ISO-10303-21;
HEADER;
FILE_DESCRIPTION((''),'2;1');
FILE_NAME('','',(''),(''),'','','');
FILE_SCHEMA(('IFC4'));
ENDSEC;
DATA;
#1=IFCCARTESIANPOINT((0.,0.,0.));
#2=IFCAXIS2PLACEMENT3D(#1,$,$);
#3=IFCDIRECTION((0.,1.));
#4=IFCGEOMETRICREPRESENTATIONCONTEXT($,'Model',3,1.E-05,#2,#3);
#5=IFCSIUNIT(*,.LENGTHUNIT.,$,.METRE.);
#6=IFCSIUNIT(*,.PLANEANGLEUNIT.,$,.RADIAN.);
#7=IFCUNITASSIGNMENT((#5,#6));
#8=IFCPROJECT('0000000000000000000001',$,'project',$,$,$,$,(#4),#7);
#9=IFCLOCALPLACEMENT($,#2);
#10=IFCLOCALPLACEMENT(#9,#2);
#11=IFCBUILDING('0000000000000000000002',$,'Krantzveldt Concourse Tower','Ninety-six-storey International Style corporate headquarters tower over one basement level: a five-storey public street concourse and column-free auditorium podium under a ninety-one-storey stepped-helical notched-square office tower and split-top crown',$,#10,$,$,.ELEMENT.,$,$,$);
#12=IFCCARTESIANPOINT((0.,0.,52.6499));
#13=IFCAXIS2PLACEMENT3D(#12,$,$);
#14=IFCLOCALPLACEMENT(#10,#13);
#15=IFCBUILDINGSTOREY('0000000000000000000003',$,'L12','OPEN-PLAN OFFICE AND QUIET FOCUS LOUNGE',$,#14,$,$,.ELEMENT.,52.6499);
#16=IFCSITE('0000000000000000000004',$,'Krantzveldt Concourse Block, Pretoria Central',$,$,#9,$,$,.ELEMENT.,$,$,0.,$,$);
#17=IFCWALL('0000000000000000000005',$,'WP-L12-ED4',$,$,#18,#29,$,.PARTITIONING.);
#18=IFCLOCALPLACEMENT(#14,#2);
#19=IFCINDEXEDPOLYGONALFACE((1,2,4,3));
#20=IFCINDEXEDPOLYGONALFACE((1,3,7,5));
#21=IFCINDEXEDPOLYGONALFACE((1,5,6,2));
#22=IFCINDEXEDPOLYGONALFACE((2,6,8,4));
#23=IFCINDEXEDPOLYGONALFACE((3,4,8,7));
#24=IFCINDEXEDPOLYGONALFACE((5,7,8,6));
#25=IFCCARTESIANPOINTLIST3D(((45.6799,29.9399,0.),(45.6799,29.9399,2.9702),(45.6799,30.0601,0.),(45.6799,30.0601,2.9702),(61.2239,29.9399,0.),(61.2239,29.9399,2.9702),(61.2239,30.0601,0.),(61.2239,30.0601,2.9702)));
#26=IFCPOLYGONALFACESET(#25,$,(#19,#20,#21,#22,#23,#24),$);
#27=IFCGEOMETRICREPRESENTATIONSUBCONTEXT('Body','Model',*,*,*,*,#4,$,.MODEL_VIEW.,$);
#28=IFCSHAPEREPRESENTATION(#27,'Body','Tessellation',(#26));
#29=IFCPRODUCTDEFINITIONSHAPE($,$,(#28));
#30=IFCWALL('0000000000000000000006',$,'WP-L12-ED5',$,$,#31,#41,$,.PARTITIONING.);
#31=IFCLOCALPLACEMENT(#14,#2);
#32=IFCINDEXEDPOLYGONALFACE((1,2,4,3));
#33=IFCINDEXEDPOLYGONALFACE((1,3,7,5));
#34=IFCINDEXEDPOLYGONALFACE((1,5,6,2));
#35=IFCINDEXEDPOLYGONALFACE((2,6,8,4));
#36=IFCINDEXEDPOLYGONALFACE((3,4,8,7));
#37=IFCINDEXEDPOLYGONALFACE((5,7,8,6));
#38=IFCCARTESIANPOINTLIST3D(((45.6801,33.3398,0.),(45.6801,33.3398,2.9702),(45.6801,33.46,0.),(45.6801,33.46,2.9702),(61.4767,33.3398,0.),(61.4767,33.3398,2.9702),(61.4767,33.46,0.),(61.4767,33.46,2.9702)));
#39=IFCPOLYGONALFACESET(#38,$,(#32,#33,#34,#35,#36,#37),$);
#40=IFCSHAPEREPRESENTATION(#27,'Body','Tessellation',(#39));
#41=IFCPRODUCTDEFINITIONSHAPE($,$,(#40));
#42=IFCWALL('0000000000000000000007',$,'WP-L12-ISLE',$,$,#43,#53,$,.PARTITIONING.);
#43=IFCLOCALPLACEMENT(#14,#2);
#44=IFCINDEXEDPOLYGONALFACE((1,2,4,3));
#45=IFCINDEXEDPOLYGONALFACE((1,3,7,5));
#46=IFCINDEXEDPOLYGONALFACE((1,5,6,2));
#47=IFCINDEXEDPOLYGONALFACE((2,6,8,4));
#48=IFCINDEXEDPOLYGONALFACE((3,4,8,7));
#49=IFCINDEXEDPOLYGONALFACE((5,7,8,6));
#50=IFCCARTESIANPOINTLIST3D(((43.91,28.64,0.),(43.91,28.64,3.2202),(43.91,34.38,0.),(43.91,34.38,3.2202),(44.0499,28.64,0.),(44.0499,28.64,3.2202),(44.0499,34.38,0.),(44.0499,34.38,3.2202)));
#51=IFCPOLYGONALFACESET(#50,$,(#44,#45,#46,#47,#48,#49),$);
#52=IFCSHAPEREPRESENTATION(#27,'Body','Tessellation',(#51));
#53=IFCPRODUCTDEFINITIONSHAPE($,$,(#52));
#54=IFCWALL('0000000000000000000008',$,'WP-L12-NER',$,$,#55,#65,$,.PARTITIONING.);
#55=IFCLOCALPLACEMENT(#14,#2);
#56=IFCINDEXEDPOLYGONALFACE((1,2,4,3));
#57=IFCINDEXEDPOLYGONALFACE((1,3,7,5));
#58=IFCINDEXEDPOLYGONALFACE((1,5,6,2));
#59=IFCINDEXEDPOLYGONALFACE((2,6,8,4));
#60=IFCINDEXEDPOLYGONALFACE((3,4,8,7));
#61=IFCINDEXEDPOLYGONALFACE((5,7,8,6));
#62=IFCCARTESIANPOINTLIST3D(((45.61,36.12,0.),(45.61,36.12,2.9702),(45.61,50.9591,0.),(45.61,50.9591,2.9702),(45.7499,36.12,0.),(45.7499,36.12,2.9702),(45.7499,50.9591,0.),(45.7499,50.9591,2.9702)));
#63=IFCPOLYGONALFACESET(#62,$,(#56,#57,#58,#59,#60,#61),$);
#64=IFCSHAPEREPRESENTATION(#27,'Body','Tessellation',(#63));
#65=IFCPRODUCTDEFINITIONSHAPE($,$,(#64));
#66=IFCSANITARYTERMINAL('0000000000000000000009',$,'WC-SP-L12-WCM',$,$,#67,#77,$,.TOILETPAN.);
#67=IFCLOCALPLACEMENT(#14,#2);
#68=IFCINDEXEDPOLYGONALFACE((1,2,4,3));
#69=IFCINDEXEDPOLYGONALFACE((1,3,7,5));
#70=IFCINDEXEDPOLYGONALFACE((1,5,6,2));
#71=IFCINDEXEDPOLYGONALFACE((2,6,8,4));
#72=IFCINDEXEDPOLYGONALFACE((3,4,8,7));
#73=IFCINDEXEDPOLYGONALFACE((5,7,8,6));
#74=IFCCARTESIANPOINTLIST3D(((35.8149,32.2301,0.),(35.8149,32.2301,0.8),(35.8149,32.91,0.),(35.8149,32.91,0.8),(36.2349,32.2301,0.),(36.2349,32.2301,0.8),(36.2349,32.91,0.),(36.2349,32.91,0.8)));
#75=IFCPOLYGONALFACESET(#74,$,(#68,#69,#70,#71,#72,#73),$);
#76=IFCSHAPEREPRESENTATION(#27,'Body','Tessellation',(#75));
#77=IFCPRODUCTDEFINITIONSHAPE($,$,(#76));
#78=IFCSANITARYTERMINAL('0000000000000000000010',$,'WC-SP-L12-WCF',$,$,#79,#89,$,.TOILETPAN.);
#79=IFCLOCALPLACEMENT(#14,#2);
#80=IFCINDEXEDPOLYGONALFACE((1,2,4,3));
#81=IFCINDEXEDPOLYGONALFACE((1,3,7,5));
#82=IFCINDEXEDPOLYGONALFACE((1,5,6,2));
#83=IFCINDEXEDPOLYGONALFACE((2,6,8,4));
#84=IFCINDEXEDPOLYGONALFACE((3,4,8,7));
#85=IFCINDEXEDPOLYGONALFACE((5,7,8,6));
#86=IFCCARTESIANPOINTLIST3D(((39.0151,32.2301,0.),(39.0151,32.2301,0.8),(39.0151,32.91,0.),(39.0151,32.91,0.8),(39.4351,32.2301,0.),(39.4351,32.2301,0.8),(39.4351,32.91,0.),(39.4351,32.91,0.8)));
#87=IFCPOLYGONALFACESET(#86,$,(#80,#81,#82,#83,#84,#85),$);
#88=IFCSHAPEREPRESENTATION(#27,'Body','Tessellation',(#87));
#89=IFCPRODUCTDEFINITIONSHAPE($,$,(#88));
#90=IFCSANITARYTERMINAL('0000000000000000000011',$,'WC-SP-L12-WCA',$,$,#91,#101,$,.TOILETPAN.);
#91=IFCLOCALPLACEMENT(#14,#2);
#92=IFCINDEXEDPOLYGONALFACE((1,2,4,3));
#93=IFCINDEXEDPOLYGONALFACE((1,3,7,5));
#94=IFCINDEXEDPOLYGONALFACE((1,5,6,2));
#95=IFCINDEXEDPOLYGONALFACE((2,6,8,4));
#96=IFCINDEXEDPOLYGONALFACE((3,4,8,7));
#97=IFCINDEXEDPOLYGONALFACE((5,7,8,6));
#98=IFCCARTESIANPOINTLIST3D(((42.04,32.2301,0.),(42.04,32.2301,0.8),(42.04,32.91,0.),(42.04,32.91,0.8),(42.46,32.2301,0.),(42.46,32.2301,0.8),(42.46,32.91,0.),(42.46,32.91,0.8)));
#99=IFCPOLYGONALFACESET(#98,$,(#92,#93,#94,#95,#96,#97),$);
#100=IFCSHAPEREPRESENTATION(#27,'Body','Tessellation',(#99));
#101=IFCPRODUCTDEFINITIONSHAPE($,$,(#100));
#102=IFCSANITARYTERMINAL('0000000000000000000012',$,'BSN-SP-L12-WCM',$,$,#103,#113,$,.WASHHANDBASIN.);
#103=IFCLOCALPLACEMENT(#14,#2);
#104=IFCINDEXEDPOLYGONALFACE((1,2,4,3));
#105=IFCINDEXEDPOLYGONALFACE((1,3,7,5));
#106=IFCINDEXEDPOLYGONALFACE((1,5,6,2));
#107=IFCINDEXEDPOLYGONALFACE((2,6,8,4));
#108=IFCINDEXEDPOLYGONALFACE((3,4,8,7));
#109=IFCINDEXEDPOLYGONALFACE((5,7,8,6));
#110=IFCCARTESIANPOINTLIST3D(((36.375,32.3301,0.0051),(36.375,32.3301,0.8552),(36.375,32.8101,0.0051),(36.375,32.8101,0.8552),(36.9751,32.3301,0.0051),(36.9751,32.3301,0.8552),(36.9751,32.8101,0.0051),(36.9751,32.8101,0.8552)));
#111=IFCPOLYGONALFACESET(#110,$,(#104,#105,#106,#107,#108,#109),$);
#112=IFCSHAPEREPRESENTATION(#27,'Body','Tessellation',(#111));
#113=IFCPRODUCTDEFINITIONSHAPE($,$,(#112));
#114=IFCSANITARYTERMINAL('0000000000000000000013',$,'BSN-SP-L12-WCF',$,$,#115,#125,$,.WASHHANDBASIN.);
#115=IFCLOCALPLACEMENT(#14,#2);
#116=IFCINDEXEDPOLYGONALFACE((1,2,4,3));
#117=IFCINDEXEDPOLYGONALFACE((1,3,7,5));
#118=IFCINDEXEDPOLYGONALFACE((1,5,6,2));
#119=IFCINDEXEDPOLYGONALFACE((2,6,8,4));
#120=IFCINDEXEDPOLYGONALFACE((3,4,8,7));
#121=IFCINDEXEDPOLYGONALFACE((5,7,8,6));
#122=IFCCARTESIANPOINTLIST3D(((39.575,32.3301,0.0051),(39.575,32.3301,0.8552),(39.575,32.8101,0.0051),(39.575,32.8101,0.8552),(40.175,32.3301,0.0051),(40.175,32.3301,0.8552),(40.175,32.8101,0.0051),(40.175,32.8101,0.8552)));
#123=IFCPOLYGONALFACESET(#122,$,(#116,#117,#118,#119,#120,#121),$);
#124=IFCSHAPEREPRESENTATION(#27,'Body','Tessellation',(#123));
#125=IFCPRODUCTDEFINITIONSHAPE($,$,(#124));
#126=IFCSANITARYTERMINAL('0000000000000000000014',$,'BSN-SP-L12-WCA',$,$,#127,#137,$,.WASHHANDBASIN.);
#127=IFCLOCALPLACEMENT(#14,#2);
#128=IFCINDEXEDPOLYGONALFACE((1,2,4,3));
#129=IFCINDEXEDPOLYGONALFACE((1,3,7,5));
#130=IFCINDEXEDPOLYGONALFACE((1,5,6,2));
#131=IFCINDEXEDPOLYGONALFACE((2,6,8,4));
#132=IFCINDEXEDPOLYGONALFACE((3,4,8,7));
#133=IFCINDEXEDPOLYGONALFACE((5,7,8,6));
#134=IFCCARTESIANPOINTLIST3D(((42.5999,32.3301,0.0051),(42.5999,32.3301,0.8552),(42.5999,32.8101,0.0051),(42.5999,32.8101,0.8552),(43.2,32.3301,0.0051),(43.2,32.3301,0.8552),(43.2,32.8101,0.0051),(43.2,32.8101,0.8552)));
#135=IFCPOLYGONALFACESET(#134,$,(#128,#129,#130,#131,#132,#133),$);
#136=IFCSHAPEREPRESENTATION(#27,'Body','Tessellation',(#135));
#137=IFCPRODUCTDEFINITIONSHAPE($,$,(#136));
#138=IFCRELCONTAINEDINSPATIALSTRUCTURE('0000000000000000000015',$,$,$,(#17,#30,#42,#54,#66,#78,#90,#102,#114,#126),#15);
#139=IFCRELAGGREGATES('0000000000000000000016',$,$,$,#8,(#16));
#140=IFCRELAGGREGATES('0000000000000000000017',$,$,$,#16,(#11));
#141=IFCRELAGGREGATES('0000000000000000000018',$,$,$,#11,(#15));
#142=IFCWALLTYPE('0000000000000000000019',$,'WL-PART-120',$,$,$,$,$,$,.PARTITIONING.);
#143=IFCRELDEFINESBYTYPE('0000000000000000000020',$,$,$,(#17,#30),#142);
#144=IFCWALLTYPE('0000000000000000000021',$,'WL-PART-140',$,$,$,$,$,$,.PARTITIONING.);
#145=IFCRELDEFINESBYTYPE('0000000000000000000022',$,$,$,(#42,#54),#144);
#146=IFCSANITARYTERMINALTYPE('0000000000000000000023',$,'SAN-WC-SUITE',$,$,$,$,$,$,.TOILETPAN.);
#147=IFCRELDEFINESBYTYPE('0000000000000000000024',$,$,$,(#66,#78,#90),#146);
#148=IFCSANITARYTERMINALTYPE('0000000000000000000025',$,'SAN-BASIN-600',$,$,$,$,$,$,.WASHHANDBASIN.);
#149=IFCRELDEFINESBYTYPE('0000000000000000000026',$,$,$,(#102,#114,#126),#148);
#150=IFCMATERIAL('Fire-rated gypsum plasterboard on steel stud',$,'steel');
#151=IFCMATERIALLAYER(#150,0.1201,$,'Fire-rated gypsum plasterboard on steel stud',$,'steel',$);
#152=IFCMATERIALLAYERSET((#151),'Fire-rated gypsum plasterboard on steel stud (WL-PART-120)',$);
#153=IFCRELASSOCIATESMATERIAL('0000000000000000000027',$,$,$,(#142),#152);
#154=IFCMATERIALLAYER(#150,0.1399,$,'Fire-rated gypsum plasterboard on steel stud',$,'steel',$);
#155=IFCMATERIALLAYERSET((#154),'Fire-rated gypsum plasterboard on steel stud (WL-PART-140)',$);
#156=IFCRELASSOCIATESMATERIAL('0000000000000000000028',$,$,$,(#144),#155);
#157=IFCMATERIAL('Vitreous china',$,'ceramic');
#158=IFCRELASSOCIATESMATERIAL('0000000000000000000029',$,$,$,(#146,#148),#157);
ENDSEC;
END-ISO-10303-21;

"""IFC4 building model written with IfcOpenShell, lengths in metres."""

from ifc_helpers import new_model, si_unit, direction, frame, frame_2d, origin, origin_2d, place, context, subcontext, project, spatial, rectangle, extrude, source, transform, mapped, material, layer, layer_set, type_object, type_shapes, element, save


model = new_model("IFC4")

# Units and contexts
model_context = context("Model", 3, precision=1e-05, world=origin(), true_north=direction((0.0, 1.0)))
body_context = subcontext(model_context, "Body", "Model", "MODEL_VIEW")
ifc_project = project(units=[si_unit("LENGTHUNIT", "METRE"), si_unit("PLANEANGLEUNIT", "RADIAN")], contexts=[model_context])

# Site, building, storey
site_placement = place(None, origin())
site = spatial("IfcSite", under=ifc_project, at=site_placement, Name="Krantzveldt Concourse Block, Pretoria Central", CompositionType="ELEMENT", RefElevation=0.0)
building_placement = place(site_placement, origin())
building = spatial("IfcBuilding", under=site, at=building_placement, Name="Krantzveldt Concourse Tower", Description="Ninety-six-storey International Style corporate headquarters tower over one basement level: a five-storey public street concourse and column-free auditorium podium under a ninety-one-storey stepped-helical notched-square office tower and split-top crown", CompositionType="ELEMENT")
storey_placement = place(building_placement, frame((0.0, 0.0, 52.6499)))
storey = spatial("IfcBuildingStorey", under=building, at=storey_placement, Name="L12", Description="OPEN-PLAN OFFICE AND QUIET FOCUS LOUNGE", CompositionType="ELEMENT", Elevation=52.6499)

# Walls
ifc_material_1 = material(Name="Fire-rated gypsum plasterboard on steel stud", Category="steel")
ifc_layer_1 = layer(ifc_material_1, 0.1201, Name="Fire-rated gypsum plasterboard on steel stud", Category="steel")
ifc_layer_set_1 = layer_set([ifc_layer_1], Name="Fire-rated gypsum plasterboard on steel stud (WL-PART-120)")
wall_type_1 = type_object("IfcWallType", Name="WL-PART-120", PredefinedType="PARTITIONING", material=ifc_layer_set_1)
wall_1_placement = place(storey_placement, frame((45.6799, 30.0, 0.0), z_axis=(0.0, 0.0, 1.0), x_axis=(1.0, 0.0, 0.0)))
element("IfcWall", 1, at=wall_1_placement, inside=storey, type_object=wall_type_1, Name="WP-L12-ED4", PredefinedType="PARTITIONING", context=body_context, shape_type="SweptSolid", body=[
    extrude(rectangle(XDim=15.5439, YDim=0.1201, at=frame_2d((7.772, 0.0))), origin(), (0.0, 0.0, 1.0), 2.9702),
])
wall_2_placement = place(storey_placement, frame((45.6799, 33.3999, 0.0), z_axis=(0.0, 0.0, 1.0), x_axis=(1.0, 0.0, 0.0)))
element("IfcWall", 2, at=wall_2_placement, inside=storey, type_object=wall_type_1, Name="WP-L12-ED5", PredefinedType="PARTITIONING", context=body_context, shape_type="SweptSolid", body=[
    extrude(rectangle(XDim=15.7966, YDim=0.1201, at=frame_2d((7.8984, 0.0))), origin(), (0.0, 0.0, 1.0), 2.9702),
])
ifc_layer_2 = layer(ifc_material_1, 0.1399, Name="Fire-rated gypsum plasterboard on steel stud", Category="steel")
ifc_layer_set_2 = layer_set([ifc_layer_2], Name="Fire-rated gypsum plasterboard on steel stud (WL-PART-140)")
wall_type_2 = type_object("IfcWallType", Name="WL-PART-140", PredefinedType="PARTITIONING", material=ifc_layer_set_2)
wall_3_placement = place(storey_placement, frame((43.98, 28.6399, 0.0), z_axis=(0.0, 0.0, 1.0), x_axis=(0.0, 1.0, 0.0)))
element("IfcWall", 3, at=wall_3_placement, inside=storey, type_object=wall_type_2, Name="WP-L12-ISLE", PredefinedType="PARTITIONING", context=body_context, shape_type="SweptSolid", body=[
    extrude(rectangle(XDim=5.74, YDim=0.1399, at=frame_2d((2.8701, 0.0))), origin(), (0.0, 0.0, 1.0), 3.2202),
])
wall_4_placement = place(storey_placement, frame((45.6799, 36.1201, 0.0), z_axis=(0.0, 0.0, 1.0), x_axis=(0.0, 1.0, 0.0)))
element("IfcWall", 4, at=wall_4_placement, inside=storey, type_object=wall_type_2, Name="WP-L12-NER", PredefinedType="PARTITIONING", context=body_context, shape_type="SweptSolid", body=[
    extrude(rectangle(XDim=14.8391, YDim=0.1399, at=frame_2d((7.4194, 0.0))), origin(), (0.0, 0.0, 1.0), 2.9702),
])

# Sanitary terminals
ifc_material_2 = material(Name="Vitreous china", Category="ceramic")
sanitary_terminal_type_1 = type_object("IfcSanitaryTerminalType", Name="SAN-WC-SUITE", PredefinedType="TOILETPAN", material=ifc_material_2)
shared_shape_1 = source(origin(), body_context, "Body", "SweptSolid", [
    extrude(rectangle(XDim=0.4199, YDim=0.6799, at=origin_2d()), origin(), (0.0, 0.0, 1.0), 0.8),
])
type_shapes(sanitary_terminal_type_1, [shared_shape_1])
for number, where, z_axis, x_axis, name in (
    (5, (36.0249, 32.5701, 0.0), (0.0, 0.0, 1.0), (1.0, 0.0, 0.0), "WC-SP-L12-WCM"),
    (6, (39.2251, 32.5701, 0.0), (0.0, 0.0, 1.0), (1.0, 0.0, 0.0), "WC-SP-L12-WCF"),
    (7, (42.25, 32.5701, 0.0), (0.0, 0.0, 1.0), (1.0, 0.0, 0.0), "WC-SP-L12-WCA"),
):
    element("IfcSanitaryTerminal", number, at=place(storey_placement, frame(where, z_axis=z_axis, x_axis=x_axis)), inside=storey, type_object=sanitary_terminal_type_1, Name=name, PredefinedType="TOILETPAN", context=body_context, shape_type="MappedRepresentation", body=[
        mapped(shared_shape_1, transform((0.0, 0.0, 0.0), x_axis=(1.0, 0.0, 0.0), y_axis=(0.0, 1.0, 0.0), z_axis=(0.0, 0.0, 1.0), scale=1.0)),
    ])
sanitary_terminal_type_2 = type_object("IfcSanitaryTerminalType", Name="SAN-BASIN-600", PredefinedType="WASHHANDBASIN", material=ifc_material_2)
shared_shape_2 = source(origin(), body_context, "Body", "SweptSolid", [
    extrude(rectangle(XDim=0.6001, YDim=0.48, at=origin_2d()), origin(), (0.0, 0.0, 1.0), 0.8501),
])
type_shapes(sanitary_terminal_type_2, [shared_shape_2])
for number, where, z_axis, x_axis, name in (
    (8, (36.675, 32.5701, 0.0051), (0.0, 0.0, 1.0), (1.0, 0.0, 0.0), "BSN-SP-L12-WCM"),
    (9, (39.875, 32.5701, 0.0051), (0.0, 0.0, 1.0), (1.0, 0.0, 0.0), "BSN-SP-L12-WCF"),
    (10, (42.8999, 32.5701, 0.0051), (0.0, 0.0, 1.0), (1.0, 0.0, 0.0), "BSN-SP-L12-WCA"),
):
    element("IfcSanitaryTerminal", number, at=place(storey_placement, frame(where, z_axis=z_axis, x_axis=x_axis)), inside=storey, type_object=sanitary_terminal_type_2, Name=name, PredefinedType="WASHHANDBASIN", context=body_context, shape_type="MappedRepresentation", body=[
        mapped(shared_shape_2, transform((0.0, 0.0, 0.0), x_axis=(1.0, 0.0, 0.0), y_axis=(0.0, 1.0, 0.0), z_axis=(0.0, 0.0, 1.0), scale=1.0)),
    ])

save(model, "model.ifc")
